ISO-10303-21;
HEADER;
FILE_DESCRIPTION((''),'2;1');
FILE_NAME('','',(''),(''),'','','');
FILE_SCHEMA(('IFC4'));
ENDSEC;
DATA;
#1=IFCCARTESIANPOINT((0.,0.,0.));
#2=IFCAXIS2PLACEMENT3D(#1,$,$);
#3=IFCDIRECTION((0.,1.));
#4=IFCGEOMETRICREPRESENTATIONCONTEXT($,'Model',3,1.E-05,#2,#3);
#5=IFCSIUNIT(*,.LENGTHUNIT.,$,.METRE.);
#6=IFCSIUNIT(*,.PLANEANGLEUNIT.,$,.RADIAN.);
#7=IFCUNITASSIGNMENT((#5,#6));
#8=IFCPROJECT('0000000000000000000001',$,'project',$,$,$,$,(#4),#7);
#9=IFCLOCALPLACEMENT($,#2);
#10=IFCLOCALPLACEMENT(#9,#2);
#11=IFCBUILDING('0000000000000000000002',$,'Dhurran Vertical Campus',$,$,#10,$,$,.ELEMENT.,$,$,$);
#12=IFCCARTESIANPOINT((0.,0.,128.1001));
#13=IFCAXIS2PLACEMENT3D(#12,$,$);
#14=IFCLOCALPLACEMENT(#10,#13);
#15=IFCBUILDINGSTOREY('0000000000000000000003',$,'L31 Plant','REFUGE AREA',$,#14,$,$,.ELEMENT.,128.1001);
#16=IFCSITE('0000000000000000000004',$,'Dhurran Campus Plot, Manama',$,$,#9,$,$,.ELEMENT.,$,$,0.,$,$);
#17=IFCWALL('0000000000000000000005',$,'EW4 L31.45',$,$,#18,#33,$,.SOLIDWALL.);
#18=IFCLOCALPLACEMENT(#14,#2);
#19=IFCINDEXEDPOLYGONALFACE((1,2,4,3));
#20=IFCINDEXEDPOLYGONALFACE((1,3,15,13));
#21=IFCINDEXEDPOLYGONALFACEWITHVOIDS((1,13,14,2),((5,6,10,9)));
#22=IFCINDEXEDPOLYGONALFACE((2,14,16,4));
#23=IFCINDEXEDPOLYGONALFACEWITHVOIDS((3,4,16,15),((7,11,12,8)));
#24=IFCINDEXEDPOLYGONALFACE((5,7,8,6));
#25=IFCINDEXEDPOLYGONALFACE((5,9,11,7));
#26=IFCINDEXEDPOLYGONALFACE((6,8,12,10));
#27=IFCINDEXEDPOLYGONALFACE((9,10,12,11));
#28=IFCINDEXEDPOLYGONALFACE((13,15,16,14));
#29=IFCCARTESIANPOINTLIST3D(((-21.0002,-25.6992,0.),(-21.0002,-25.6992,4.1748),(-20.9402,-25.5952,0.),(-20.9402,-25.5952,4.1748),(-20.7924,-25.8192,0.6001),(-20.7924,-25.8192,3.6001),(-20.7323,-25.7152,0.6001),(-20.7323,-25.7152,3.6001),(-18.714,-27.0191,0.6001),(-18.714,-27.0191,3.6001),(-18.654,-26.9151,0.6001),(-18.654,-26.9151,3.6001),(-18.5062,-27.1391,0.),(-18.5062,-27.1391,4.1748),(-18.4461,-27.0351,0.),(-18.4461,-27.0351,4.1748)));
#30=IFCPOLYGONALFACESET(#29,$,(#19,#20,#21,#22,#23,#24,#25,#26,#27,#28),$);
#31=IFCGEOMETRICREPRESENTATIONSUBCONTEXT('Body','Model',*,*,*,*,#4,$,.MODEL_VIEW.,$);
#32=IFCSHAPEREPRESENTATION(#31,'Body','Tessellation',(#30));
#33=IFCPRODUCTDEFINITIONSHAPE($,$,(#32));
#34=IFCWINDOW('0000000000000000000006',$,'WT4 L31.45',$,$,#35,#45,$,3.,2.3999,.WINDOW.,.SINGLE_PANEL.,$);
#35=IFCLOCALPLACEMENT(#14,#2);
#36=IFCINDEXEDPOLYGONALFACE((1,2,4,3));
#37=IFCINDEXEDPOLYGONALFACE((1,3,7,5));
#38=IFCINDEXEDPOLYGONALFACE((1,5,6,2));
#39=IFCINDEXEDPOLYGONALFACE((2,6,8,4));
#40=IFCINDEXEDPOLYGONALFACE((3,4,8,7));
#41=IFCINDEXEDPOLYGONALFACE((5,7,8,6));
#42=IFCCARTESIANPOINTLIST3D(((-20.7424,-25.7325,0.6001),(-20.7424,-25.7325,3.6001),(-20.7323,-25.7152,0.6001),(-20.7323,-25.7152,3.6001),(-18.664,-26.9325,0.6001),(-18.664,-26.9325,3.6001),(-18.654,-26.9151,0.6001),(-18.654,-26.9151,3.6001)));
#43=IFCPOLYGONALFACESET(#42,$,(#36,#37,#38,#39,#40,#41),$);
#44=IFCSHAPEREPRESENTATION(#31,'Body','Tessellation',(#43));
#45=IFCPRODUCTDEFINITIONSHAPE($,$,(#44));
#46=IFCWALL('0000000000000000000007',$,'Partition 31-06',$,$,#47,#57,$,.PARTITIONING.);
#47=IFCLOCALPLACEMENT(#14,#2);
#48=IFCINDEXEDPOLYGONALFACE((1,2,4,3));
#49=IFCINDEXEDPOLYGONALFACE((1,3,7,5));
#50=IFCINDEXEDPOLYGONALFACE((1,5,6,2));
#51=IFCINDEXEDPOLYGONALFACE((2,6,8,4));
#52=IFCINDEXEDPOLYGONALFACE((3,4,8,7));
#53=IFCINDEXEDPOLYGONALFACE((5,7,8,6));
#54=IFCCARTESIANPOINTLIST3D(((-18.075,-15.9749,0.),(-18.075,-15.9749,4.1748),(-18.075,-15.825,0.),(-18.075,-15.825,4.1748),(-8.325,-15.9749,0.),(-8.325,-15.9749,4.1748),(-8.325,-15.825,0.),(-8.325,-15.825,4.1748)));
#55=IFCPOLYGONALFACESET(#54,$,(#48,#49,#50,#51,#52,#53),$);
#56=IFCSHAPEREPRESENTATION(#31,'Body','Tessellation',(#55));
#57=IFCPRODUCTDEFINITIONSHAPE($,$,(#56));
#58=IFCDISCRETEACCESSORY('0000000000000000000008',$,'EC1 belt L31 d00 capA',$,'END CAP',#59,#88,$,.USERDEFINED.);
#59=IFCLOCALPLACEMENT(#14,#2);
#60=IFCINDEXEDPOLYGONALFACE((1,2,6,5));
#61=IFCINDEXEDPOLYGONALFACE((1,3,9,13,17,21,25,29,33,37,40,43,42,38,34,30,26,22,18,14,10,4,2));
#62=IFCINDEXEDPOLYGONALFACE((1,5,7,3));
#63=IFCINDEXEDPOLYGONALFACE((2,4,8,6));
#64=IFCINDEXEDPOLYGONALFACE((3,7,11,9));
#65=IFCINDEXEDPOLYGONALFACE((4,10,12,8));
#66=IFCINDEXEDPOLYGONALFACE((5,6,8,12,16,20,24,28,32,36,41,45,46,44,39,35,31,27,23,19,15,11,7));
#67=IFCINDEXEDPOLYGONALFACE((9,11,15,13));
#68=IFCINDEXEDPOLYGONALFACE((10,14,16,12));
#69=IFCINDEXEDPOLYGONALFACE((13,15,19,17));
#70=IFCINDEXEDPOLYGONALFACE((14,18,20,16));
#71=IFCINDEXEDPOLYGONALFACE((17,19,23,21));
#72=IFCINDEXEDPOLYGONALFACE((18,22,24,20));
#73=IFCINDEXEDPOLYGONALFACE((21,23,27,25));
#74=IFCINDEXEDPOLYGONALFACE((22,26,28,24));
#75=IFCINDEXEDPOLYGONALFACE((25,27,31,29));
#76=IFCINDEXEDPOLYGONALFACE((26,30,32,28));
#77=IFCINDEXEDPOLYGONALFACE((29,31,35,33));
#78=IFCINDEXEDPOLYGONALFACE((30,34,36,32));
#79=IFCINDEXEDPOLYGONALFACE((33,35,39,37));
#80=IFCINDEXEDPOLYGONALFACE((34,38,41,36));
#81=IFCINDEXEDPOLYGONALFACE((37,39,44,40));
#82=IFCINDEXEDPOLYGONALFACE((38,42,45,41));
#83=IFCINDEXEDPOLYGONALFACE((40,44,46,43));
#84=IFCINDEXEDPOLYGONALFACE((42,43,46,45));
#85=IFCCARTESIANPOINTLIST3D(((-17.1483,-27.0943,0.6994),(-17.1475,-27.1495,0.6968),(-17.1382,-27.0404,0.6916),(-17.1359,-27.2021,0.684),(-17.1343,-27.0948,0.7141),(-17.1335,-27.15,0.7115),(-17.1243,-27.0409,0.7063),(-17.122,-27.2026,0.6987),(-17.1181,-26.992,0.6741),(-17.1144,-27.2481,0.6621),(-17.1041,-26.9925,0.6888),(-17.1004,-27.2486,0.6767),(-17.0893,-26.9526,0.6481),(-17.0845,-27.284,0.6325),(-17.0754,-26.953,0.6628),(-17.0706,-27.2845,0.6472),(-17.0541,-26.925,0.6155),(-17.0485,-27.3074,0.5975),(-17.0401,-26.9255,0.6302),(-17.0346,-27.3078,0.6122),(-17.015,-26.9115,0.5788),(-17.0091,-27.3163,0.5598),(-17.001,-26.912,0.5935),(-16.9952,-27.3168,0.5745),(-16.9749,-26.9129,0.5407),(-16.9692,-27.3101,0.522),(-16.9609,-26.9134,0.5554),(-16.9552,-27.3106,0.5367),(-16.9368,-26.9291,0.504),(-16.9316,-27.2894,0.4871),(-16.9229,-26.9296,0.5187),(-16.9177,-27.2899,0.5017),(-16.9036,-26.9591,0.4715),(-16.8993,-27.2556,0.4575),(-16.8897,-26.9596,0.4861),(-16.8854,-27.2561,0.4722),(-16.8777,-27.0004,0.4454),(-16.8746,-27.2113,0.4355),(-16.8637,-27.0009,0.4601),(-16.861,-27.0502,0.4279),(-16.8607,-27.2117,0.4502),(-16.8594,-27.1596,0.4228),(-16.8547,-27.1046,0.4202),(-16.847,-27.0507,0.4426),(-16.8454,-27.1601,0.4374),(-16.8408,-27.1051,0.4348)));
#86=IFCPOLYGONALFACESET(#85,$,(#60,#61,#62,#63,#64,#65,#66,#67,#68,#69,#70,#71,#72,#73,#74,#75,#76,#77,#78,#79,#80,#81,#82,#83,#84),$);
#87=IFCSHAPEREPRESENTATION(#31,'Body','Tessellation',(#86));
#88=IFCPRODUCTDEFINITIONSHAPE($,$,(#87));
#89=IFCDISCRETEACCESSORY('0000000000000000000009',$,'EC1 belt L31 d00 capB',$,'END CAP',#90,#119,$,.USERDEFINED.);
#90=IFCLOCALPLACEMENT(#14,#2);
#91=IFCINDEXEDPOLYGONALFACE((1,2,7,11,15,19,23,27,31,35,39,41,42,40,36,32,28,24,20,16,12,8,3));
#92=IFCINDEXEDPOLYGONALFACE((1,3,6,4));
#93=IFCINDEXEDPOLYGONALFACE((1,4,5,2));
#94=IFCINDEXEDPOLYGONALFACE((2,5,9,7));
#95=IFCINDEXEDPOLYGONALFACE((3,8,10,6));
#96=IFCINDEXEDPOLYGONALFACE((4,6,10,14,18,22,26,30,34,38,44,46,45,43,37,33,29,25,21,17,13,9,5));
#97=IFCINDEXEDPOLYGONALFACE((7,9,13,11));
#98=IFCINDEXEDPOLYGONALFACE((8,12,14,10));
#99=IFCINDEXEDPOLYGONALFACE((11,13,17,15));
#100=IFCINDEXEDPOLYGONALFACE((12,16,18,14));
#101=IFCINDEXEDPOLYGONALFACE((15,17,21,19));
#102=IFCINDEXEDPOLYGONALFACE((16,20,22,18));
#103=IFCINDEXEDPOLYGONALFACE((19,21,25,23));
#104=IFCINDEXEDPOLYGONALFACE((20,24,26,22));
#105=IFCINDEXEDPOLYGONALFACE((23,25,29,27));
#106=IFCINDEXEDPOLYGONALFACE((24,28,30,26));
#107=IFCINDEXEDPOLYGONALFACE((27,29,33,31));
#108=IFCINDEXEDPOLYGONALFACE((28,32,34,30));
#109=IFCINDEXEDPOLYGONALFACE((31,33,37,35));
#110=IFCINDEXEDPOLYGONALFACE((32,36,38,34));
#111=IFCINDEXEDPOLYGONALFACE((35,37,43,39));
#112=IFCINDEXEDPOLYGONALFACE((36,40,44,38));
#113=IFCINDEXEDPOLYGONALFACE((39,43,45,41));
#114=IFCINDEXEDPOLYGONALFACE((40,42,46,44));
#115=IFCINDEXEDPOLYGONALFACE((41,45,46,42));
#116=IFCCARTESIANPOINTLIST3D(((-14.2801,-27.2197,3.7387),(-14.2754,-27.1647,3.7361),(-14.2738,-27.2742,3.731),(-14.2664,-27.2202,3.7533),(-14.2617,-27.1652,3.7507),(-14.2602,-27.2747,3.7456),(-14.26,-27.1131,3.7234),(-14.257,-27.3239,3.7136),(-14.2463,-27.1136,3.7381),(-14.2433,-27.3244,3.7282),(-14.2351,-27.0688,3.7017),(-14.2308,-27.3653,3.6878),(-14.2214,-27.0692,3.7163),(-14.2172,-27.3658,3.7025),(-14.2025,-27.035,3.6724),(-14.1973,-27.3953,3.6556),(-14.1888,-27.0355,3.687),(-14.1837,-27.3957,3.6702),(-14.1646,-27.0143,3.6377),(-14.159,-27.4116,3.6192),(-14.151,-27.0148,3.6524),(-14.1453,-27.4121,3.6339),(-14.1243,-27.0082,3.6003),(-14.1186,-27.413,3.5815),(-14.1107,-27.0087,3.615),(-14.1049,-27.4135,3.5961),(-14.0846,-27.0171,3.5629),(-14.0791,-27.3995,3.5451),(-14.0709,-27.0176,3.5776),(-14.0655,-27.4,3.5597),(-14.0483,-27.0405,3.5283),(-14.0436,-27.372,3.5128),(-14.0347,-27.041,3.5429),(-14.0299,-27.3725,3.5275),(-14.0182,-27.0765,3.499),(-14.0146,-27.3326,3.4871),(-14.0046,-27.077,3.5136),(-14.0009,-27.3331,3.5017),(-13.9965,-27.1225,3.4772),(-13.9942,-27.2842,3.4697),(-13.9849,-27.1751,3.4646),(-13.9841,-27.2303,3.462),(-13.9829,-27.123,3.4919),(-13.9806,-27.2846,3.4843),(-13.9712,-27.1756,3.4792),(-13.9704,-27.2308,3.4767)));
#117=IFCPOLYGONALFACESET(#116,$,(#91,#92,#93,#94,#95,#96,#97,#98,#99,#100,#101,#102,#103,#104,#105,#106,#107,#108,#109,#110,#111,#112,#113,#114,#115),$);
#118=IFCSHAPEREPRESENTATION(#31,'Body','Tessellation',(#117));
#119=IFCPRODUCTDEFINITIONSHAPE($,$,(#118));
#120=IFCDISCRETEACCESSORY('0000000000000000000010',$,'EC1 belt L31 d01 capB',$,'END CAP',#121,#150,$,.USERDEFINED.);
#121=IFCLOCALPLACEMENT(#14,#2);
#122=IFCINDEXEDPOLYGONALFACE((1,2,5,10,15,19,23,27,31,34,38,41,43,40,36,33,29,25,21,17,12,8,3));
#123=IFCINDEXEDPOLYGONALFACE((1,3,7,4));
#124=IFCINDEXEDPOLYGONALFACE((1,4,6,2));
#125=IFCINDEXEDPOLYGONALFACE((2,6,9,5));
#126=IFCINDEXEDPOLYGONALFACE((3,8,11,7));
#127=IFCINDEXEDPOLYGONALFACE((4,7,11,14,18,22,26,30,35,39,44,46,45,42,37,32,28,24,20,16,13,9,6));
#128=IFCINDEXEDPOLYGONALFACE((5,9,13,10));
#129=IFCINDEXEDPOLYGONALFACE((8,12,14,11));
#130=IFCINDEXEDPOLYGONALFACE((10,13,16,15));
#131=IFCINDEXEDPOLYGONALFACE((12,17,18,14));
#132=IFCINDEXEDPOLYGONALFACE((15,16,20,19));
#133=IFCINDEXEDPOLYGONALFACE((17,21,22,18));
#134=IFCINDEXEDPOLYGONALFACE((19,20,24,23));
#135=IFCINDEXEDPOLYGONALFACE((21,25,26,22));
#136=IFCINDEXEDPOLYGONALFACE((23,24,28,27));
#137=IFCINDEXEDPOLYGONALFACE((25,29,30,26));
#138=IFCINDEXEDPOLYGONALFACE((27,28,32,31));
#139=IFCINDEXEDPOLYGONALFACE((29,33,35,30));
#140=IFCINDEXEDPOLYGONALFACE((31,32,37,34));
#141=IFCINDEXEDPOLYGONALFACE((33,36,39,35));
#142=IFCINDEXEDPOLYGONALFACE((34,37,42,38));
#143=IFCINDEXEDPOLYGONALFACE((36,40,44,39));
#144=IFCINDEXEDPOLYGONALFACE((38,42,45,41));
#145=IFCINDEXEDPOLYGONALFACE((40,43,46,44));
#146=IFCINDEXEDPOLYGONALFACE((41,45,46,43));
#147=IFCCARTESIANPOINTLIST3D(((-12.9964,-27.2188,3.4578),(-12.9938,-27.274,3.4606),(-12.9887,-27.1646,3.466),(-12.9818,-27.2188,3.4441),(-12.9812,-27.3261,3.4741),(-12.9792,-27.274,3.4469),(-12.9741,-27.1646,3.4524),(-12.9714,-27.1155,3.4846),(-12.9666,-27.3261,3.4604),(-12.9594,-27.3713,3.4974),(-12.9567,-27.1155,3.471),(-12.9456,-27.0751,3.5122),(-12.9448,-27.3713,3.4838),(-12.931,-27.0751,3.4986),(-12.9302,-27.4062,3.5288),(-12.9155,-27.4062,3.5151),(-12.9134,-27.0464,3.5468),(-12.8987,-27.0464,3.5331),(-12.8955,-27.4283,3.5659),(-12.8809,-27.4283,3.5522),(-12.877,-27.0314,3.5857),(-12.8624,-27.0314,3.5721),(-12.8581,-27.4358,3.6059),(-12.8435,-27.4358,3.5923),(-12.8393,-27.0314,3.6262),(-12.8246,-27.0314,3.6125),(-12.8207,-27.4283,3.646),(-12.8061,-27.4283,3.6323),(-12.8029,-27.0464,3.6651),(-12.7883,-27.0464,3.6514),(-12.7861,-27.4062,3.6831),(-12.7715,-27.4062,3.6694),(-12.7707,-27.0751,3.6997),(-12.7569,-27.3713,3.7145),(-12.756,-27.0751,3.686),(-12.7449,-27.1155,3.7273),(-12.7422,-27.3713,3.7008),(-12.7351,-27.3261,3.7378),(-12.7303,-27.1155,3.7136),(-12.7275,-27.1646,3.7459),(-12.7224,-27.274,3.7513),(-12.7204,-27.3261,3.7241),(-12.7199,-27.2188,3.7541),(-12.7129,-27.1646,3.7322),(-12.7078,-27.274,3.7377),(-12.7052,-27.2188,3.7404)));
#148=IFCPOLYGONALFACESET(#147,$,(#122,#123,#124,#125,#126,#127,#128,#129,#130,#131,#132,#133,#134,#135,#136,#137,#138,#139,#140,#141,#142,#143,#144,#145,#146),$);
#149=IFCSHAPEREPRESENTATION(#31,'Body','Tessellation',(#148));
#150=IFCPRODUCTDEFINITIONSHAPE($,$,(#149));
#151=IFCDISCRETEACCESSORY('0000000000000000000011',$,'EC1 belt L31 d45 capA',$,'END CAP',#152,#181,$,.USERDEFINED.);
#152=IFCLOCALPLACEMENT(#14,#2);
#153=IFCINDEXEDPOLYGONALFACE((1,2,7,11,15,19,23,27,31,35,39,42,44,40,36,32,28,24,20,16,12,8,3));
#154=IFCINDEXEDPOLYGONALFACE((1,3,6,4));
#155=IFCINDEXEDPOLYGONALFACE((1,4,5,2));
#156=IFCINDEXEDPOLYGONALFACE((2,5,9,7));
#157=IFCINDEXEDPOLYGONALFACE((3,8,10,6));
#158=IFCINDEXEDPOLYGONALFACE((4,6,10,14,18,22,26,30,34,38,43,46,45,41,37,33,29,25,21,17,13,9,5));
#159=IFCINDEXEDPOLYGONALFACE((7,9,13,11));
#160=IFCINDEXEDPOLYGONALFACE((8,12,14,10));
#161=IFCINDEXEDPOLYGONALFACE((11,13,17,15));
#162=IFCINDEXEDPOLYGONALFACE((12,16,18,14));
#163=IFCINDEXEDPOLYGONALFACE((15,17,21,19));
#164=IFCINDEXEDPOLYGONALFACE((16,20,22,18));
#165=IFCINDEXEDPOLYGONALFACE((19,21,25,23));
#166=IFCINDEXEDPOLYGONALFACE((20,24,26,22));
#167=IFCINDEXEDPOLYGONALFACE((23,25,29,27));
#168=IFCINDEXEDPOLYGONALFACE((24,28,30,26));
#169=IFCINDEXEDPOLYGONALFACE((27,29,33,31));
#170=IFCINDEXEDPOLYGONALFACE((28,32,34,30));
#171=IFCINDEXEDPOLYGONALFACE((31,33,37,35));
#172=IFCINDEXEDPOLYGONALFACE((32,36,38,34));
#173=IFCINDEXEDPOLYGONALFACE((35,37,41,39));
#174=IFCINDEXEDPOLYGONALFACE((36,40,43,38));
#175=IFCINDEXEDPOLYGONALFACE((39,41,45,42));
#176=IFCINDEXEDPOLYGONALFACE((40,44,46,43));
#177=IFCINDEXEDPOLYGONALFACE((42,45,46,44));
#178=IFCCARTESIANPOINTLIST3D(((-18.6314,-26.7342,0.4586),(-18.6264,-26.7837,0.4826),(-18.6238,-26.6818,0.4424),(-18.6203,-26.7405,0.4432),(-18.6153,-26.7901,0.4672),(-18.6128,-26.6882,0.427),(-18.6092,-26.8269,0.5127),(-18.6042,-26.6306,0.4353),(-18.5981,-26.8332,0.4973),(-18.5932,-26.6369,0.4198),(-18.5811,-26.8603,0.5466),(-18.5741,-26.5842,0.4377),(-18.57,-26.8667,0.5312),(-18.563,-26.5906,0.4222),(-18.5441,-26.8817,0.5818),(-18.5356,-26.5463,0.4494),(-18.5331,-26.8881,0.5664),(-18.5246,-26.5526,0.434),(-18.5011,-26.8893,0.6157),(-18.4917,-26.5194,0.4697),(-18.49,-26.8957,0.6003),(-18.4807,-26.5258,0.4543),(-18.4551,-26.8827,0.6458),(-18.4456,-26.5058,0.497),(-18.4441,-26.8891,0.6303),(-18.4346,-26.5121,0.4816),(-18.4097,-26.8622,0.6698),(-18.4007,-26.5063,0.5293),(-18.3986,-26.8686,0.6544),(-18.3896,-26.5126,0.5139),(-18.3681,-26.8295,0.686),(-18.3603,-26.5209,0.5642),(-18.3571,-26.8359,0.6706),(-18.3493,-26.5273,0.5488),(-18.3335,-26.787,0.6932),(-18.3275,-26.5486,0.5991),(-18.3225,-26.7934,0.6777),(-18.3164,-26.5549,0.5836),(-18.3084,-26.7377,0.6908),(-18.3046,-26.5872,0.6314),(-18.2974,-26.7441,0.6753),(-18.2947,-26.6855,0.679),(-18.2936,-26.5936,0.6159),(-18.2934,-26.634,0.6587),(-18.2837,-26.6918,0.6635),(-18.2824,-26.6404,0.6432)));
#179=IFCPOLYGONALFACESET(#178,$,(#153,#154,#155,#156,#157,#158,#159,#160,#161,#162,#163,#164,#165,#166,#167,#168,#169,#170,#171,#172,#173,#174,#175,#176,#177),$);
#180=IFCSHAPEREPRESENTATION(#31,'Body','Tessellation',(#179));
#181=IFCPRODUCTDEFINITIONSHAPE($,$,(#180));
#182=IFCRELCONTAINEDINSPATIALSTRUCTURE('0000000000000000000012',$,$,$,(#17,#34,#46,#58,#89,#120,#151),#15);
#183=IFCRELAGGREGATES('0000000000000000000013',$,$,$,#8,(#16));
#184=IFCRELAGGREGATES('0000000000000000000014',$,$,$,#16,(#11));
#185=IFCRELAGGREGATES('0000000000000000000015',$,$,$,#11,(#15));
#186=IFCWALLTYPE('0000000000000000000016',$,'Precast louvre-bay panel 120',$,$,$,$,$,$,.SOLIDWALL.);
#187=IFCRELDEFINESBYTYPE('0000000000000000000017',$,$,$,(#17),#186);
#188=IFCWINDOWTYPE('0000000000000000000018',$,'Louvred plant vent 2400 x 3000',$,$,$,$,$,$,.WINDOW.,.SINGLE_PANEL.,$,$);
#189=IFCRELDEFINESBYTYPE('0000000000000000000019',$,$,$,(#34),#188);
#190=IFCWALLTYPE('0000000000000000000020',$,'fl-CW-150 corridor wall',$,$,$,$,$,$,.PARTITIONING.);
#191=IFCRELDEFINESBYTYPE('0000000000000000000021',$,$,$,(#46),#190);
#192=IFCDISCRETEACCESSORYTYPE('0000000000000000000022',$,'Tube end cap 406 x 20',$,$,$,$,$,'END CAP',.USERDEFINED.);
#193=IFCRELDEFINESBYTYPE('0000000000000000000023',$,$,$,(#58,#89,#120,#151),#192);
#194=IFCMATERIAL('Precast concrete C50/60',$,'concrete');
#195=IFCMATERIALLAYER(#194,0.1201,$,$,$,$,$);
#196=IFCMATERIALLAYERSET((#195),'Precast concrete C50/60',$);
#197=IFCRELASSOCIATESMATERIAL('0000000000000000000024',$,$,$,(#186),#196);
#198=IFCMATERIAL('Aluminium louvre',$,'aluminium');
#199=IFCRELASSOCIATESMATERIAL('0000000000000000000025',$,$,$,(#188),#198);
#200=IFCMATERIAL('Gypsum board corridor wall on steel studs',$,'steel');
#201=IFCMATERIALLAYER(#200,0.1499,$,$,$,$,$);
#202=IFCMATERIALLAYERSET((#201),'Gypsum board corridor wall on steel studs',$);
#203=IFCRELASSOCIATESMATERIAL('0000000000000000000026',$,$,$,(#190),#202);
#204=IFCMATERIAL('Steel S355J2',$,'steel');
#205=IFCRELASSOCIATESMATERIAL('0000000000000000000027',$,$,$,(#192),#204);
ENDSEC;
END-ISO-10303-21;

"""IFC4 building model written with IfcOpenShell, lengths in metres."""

from ifc_helpers import new_model, si_unit, direction, frame, frame_2d, origin, origin_2d, place, context, subcontext, project, spatial, rectangle, circle, extrude, material, layer, layer_set, material_profile, profile_set, type_object, element, fill, save


model = new_model("IFC4")

# Units and contexts
model_context = context("Model", 3, precision=1e-05, world=origin(), true_north=direction((0.0, 1.0)))
body_context = subcontext(model_context, "Body", "Model", "MODEL_VIEW")
ifc_project = project(units=[si_unit("LENGTHUNIT", "METRE"), si_unit("PLANEANGLEUNIT", "RADIAN")], contexts=[model_context])

# Site, building, storey
site_placement = place(None, origin())
site = spatial("IfcSite", under=ifc_project, at=site_placement, Name="Dhurran Campus Plot, Manama", CompositionType="ELEMENT", RefElevation=0.0)
building_placement = place(site_placement, origin())
building = spatial("IfcBuilding", under=site, at=building_placement, Name="Dhurran Vertical Campus", CompositionType="ELEMENT")
storey_placement = place(building_placement, frame((0.0, 0.0, 128.1001)))
storey = spatial("IfcBuildingStorey", under=building, at=storey_placement, Name="L31 Plant", Description="REFUGE AREA", CompositionType="ELEMENT", Elevation=128.1001)

# Wall, opening, window
ifc_material_1 = material(Name="Precast concrete C50/60", Category="concrete")
ifc_layer_1 = layer(ifc_material_1, 0.1201)
ifc_layer_set_1 = layer_set([ifc_layer_1], Name="Precast concrete C50/60")
wall_type_1 = type_object("IfcWallType", Name="Precast louvre-bay panel 120", PredefinedType="SOLIDWALL", material=ifc_layer_set_1)
ifc_material_2 = material(Name="Aluminium louvre", Category="aluminium")
window_type = type_object("IfcWindowType", Name="Louvred plant vent 2400 x 3000", PartitioningType="SINGLE_PANEL", PredefinedType="WINDOW", material=ifc_material_2)
wall_1_placement = place(storey_placement, frame((-20.9702, -25.6472, 0.0), z_axis=(0.0, 0.0, 1.0), x_axis=(0.866033, -0.499987, 0.0)))
wall_1 = element("IfcWall", 1, at=wall_1_placement, inside=storey, type_object=wall_type_1, Name="EW4 L31.45", PredefinedType="SOLIDWALL", context=body_context, shape_type="SweptSolid", body=[
    extrude(rectangle(XDim=2.8799, YDim=0.1201, at=frame_2d((1.4399, 0.0))), origin(), (0.0, 0.0, 1.0), 4.1748),
])
opening_1_placement = place(wall_1_placement, frame((0.24, 0.0, 0.6001)))
opening_1 = element("IfcOpeningElement", 2, at=opening_1_placement, cuts=wall_1, PredefinedType="OPENING", context=body_context, shape_type="SweptSolid", body=[
    extrude(rectangle(XDim=2.3999, YDim=3.0, at=frame_2d((1.2, 1.5))), frame((0.0, 0.0701, 0.0), z_axis=(0.0, -1.0, 0.0), x_axis=(1.0, 0.0, 0.0)), (0.0, 0.0, 1.0), 0.1401),
])
window_1_placement = place(opening_1_placement, origin())
window_1 = element("IfcWindow", 3, at=window_1_placement, inside=storey, type_object=window_type, Name="WT4 L31.45", OverallHeight=3.0, OverallWidth=2.3999, PartitioningType="SINGLE_PANEL", PredefinedType="WINDOW", context=body_context, shape_type="SweptSolid", body=[
    extrude(rectangle(XDim=2.3999, YDim=3.0, at=frame_2d((1.2, 1.5))), frame((0.0, 0.0601, 0.0), z_axis=(0.0, -1.0, 0.0), x_axis=(1.0, 0.0, 0.0)), (0.0, 0.0, 1.0), 0.02),
])
fill(opening_1, window_1)

# Wall
ifc_material_3 = material(Name="Gypsum board corridor wall on steel studs", Category="steel")
ifc_layer_2 = layer(ifc_material_3, 0.1499)
ifc_layer_set_2 = layer_set([ifc_layer_2], Name="Gypsum board corridor wall on steel studs")
wall_type_2 = type_object("IfcWallType", Name="fl-CW-150 corridor wall", PredefinedType="PARTITIONING", material=ifc_layer_set_2)
wall_2_placement = place(storey_placement, frame((-18.075, -15.8999, 0.0), z_axis=(0.0, 0.0, 1.0), x_axis=(1.0, 0.0, 0.0)))
element("IfcWall", 4, at=wall_2_placement, inside=storey, type_object=wall_type_2, Name="Partition 31-06", PredefinedType="PARTITIONING", context=body_context, shape_type="SweptSolid", body=[
    extrude(rectangle(XDim=9.75, YDim=0.1499, at=frame_2d((4.875, 0.0))), origin(), (0.0, 0.0, 1.0), 4.1748),
])

# Discrete accessories
ifc_material_4 = material(Name="Steel S355J2", Category="steel")
ifc_material_profile_1 = material_profile(ifc_material_4, circle(Radius=0.2031, at=origin_2d()), Name="Tube end cap 406 x 20")
ifc_profile_set_1 = profile_set([ifc_material_profile_1], Name="Steel S355J2")
discrete_accessory_type = type_object("IfcDiscreteAccessoryType", Name="Tube end cap 406 x 20", ElementType="END CAP", PredefinedType="USERDEFINED", material=ifc_profile_set_1)
discrete_accessory_placement = place(storey_placement, frame((-16.988, -27.1138, 0.5745), z_axis=(-0.688548, 0.02416, -0.724788), x_axis=(-0.035066, -0.999385, 0.0)))
element("IfcDiscreteAccessory", 5, at=discrete_accessory_placement, inside=storey, type_object=discrete_accessory_type, Name="EC1 belt L31 d00 capA", ObjectType="END CAP", PredefinedType="USERDEFINED", context=body_context, shape_type="SweptSolid", body=[
    extrude(circle(Radius=0.2031, at=origin_2d()), origin(), (0.0, 0.0, 1.0), 0.0203),
])
for number, where, z_axis, x_axis, name in (
    (6, (-14.1316, -27.2112, 3.6003), (0.682116, -0.024361, 0.730838), (0.035692, 0.999363, 0.0), "EC1 belt L31 d00 capB"),
    (7, (-12.8435, -27.2327, 3.5923), (-0.731055, 0.0, 0.682318), (0.0, -1.0, 0.0), "EC1 belt L31 d01 capB"),
    (8, (-18.4619, -26.6968, 0.5642), (0.550997, -0.318354, -0.771396), (0.500278, 0.865865, 0.0), "EC1 belt L31 d45 capA"),
):
    element("IfcDiscreteAccessory", number, at=place(storey_placement, frame(where, z_axis=z_axis, x_axis=x_axis)), inside=storey, type_object=discrete_accessory_type, Name=name, ObjectType="END CAP", PredefinedType="USERDEFINED", context=body_context, shape_type="SweptSolid", body=[
        extrude(circle(Radius=0.2031, at=origin_2d()), origin(), (0.0, 0.0, 1.0), 0.02),
    ])

save(model, "model.ifc")
